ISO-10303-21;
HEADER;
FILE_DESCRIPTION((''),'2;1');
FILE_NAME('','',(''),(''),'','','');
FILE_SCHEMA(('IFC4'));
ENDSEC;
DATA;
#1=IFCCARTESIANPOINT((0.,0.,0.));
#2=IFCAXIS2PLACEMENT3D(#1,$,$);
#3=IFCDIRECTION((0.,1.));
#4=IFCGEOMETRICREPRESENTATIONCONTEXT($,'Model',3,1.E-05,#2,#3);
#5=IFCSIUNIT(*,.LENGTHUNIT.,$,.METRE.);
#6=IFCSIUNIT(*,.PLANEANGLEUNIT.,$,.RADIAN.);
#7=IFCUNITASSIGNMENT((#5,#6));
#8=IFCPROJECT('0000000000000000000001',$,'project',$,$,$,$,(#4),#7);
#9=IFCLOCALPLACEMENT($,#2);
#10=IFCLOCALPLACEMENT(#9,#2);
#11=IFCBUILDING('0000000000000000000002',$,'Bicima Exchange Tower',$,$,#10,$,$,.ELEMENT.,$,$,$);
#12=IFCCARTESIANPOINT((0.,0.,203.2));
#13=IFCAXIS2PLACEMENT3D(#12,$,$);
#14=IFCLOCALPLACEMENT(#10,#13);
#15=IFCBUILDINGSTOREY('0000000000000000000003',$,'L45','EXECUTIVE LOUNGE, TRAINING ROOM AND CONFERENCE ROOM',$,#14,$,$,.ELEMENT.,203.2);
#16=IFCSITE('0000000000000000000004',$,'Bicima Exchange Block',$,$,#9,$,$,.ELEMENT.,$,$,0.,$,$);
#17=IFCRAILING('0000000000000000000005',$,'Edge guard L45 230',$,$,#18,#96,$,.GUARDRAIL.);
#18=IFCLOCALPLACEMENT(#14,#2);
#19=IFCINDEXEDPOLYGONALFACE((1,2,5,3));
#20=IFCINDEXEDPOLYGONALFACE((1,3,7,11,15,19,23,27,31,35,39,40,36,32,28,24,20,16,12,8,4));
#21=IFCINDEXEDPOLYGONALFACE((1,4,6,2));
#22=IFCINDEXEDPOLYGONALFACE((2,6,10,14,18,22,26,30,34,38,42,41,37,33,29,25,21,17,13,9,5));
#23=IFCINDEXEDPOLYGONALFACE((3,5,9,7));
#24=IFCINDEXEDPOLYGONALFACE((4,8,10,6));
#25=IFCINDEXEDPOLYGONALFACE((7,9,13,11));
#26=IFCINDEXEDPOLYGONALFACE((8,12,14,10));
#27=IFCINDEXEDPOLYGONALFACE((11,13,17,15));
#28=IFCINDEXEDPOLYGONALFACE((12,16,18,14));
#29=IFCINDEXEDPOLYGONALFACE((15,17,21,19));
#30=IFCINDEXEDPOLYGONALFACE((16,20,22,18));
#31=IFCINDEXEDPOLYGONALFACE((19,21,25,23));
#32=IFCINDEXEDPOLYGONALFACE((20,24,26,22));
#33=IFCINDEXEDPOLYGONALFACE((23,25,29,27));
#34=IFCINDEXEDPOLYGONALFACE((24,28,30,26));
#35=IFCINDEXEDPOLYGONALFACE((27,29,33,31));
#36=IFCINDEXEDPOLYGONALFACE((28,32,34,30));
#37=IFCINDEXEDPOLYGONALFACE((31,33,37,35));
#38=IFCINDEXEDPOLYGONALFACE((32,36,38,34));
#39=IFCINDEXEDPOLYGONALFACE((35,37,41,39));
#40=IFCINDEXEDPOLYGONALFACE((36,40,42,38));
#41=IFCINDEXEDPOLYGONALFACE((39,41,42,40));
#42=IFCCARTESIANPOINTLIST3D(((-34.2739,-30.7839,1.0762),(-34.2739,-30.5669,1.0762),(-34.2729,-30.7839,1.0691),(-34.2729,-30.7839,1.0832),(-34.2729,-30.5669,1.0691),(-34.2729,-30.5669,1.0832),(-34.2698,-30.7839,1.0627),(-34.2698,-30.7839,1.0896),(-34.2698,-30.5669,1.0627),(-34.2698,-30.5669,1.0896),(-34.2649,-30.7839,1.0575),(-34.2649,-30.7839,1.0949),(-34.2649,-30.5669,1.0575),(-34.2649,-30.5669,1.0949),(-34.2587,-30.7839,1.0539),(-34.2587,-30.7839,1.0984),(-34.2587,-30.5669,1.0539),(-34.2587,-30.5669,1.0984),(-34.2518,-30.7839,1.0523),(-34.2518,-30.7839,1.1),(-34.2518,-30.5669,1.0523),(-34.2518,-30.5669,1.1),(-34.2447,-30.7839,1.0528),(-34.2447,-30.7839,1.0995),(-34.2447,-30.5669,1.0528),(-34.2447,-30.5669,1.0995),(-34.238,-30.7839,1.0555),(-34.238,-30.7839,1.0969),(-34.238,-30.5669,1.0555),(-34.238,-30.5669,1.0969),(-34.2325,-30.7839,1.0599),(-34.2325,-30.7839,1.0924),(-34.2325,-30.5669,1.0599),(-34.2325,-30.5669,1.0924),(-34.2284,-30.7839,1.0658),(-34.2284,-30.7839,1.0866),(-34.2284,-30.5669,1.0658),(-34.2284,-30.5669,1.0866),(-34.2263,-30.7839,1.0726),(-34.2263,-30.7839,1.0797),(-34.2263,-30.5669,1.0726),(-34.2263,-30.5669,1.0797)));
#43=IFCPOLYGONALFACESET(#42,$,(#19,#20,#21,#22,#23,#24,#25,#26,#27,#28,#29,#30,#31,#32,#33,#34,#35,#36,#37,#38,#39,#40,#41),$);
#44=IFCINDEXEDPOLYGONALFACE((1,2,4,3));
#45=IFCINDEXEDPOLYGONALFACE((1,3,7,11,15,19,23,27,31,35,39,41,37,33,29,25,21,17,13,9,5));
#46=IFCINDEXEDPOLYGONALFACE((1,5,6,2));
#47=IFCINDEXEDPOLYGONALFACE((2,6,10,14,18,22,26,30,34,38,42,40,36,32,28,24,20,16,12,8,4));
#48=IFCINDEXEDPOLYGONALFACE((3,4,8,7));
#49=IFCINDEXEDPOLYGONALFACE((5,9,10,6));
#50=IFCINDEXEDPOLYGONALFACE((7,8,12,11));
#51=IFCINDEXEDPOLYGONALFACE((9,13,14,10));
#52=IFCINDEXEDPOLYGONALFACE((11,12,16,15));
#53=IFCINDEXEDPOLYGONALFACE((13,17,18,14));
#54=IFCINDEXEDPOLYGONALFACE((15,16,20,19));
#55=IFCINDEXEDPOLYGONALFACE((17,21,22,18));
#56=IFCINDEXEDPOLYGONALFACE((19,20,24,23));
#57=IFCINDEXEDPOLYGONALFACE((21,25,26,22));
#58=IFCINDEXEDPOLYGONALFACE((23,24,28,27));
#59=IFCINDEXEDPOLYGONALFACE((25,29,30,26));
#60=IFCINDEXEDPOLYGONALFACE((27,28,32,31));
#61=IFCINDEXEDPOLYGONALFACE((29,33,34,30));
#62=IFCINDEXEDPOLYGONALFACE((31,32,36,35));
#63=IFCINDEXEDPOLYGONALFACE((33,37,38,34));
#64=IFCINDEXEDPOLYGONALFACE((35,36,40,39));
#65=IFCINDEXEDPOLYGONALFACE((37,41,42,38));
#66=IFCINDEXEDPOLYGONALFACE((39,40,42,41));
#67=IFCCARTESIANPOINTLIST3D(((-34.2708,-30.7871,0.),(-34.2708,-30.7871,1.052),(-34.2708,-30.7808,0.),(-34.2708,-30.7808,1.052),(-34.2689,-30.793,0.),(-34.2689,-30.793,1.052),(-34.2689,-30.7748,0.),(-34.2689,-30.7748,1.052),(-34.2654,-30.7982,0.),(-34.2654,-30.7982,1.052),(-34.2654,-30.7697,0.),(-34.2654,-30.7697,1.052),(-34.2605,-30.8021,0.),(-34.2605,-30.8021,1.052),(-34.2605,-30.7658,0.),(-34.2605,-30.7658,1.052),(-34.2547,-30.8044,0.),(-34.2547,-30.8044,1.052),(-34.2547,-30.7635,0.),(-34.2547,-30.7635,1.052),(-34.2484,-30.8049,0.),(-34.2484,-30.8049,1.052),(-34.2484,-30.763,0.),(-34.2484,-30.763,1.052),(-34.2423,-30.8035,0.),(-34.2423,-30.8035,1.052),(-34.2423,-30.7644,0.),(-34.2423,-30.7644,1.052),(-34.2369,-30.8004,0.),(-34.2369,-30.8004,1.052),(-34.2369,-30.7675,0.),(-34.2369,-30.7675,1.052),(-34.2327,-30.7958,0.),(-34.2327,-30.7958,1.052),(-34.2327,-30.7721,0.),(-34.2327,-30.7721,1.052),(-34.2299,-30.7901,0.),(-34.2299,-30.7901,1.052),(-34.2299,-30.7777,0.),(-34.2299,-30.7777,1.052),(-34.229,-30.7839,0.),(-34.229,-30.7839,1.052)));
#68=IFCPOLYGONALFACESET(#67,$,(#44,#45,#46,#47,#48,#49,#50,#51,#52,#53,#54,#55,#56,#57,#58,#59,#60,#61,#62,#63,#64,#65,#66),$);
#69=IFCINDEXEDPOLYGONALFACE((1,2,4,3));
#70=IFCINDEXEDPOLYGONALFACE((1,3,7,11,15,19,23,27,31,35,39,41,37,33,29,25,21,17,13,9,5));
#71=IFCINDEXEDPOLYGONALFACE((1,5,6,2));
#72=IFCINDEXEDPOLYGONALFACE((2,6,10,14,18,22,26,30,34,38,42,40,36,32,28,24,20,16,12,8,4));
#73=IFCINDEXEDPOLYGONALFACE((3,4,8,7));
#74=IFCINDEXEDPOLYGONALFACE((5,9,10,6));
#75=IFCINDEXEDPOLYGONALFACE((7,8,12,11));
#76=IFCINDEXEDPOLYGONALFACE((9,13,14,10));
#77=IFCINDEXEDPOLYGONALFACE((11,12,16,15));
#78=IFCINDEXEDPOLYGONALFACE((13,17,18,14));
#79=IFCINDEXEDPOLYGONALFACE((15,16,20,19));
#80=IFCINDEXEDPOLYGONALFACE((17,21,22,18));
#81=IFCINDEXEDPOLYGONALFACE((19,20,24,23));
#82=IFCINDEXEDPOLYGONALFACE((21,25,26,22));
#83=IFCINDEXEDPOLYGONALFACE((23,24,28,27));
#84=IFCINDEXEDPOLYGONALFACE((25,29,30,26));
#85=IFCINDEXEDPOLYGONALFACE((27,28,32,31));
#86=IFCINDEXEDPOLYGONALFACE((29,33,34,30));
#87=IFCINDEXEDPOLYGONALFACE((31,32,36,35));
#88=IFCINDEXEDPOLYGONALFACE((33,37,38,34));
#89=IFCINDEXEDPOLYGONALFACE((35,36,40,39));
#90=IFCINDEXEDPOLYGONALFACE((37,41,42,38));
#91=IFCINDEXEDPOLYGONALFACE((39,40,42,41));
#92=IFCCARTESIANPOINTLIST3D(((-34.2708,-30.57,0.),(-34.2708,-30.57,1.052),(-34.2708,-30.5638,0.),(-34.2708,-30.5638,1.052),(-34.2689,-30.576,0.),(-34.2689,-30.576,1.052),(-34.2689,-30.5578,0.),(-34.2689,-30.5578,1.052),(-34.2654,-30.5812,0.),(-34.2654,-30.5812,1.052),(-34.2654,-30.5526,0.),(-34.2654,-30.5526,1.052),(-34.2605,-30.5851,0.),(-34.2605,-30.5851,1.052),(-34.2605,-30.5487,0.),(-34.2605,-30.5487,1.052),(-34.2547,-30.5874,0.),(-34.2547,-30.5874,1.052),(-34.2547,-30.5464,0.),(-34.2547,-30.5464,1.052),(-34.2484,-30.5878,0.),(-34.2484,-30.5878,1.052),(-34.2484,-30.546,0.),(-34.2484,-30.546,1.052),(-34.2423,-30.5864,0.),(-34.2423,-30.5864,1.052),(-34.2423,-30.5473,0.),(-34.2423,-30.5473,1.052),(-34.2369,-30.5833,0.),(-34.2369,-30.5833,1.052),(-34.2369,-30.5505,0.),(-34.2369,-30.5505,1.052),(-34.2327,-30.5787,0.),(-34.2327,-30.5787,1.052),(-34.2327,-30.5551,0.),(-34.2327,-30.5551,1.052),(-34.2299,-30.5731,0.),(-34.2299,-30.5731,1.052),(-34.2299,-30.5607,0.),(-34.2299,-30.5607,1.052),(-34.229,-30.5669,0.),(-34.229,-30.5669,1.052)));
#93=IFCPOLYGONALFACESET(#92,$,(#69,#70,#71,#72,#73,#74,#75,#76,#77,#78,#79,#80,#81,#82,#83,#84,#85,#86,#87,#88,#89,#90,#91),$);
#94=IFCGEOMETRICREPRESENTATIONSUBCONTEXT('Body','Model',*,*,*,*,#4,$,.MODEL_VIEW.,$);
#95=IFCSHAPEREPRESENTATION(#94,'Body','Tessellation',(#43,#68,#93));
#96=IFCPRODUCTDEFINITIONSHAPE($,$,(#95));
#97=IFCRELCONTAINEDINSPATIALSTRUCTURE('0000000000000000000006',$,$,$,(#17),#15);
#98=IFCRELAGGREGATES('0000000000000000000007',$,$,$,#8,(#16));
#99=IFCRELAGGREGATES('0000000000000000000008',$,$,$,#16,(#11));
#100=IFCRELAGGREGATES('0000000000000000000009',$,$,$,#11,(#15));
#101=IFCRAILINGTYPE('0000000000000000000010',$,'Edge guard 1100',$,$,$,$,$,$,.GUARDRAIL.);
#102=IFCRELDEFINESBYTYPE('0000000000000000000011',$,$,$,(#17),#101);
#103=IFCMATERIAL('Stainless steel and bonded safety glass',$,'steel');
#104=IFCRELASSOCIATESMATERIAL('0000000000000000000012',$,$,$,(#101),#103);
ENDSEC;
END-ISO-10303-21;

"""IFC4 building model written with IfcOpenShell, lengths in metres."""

from ifc_helpers import new_model, si_unit, direction, frame, origin, origin_2d, place, context, subcontext, project, spatial, circle, extrude, material, type_object, element, save


model = new_model("IFC4")

# Units and contexts
model_context = context("Model", 3, precision=1e-05, world=origin(), true_north=direction((0.0, 1.0)))
body_context = subcontext(model_context, "Body", "Model", "MODEL_VIEW")
ifc_project = project(units=[si_unit("LENGTHUNIT", "METRE"), si_unit("PLANEANGLEUNIT", "RADIAN")], contexts=[model_context])

# Site, building, storey
site_placement = place(None, origin())
site = spatial("IfcSite", under=ifc_project, at=site_placement, Name="Bicima Exchange Block", CompositionType="ELEMENT", RefElevation=0.0)
building_placement = place(site_placement, origin())
building = spatial("IfcBuilding", under=site, at=building_placement, Name="Bicima Exchange Tower", CompositionType="ELEMENT")
storey_placement = place(building_placement, frame((0.0, 0.0, 203.2)))
storey = spatial("IfcBuildingStorey", under=building, at=storey_placement, Name="L45", Description="EXECUTIVE LOUNGE, TRAINING ROOM AND CONFERENCE ROOM", CompositionType="ELEMENT", Elevation=203.2)

# Railing
ifc_material_1 = material(Name="Stainless steel and bonded safety glass", Category="steel")
railing_type = type_object("IfcRailingType", Name="Edge guard 1100", PredefinedType="GUARDRAIL", material=ifc_material_1)
railing_1_placement = place(storey_placement, frame((-34.25, -30.7839, 0.0)))
element("IfcRailing", 1, at=railing_1_placement, inside=storey, type_object=railing_type, Name="Edge guard L45 230", PredefinedType="GUARDRAIL", context=body_context, shape_type="SweptSolid", body=[
    extrude(circle(Radius=0.0239, at=origin_2d()), frame((0.0, 0.0, 1.0762), z_axis=(0.0, 1.0, 0.0), x_axis=(-1.0, 0.0, 0.0)), (0.0, 0.0, 1.0), 0.217),
    extrude(circle(Radius=0.021, at=origin_2d()), origin(), (0.0, 0.0, 1.0), 1.052),
    extrude(circle(Radius=0.021, at=origin_2d()), frame((0.0, 0.217, 0.0)), (0.0, 0.0, 1.0), 1.052),
])

save(model, "model.ifc")
